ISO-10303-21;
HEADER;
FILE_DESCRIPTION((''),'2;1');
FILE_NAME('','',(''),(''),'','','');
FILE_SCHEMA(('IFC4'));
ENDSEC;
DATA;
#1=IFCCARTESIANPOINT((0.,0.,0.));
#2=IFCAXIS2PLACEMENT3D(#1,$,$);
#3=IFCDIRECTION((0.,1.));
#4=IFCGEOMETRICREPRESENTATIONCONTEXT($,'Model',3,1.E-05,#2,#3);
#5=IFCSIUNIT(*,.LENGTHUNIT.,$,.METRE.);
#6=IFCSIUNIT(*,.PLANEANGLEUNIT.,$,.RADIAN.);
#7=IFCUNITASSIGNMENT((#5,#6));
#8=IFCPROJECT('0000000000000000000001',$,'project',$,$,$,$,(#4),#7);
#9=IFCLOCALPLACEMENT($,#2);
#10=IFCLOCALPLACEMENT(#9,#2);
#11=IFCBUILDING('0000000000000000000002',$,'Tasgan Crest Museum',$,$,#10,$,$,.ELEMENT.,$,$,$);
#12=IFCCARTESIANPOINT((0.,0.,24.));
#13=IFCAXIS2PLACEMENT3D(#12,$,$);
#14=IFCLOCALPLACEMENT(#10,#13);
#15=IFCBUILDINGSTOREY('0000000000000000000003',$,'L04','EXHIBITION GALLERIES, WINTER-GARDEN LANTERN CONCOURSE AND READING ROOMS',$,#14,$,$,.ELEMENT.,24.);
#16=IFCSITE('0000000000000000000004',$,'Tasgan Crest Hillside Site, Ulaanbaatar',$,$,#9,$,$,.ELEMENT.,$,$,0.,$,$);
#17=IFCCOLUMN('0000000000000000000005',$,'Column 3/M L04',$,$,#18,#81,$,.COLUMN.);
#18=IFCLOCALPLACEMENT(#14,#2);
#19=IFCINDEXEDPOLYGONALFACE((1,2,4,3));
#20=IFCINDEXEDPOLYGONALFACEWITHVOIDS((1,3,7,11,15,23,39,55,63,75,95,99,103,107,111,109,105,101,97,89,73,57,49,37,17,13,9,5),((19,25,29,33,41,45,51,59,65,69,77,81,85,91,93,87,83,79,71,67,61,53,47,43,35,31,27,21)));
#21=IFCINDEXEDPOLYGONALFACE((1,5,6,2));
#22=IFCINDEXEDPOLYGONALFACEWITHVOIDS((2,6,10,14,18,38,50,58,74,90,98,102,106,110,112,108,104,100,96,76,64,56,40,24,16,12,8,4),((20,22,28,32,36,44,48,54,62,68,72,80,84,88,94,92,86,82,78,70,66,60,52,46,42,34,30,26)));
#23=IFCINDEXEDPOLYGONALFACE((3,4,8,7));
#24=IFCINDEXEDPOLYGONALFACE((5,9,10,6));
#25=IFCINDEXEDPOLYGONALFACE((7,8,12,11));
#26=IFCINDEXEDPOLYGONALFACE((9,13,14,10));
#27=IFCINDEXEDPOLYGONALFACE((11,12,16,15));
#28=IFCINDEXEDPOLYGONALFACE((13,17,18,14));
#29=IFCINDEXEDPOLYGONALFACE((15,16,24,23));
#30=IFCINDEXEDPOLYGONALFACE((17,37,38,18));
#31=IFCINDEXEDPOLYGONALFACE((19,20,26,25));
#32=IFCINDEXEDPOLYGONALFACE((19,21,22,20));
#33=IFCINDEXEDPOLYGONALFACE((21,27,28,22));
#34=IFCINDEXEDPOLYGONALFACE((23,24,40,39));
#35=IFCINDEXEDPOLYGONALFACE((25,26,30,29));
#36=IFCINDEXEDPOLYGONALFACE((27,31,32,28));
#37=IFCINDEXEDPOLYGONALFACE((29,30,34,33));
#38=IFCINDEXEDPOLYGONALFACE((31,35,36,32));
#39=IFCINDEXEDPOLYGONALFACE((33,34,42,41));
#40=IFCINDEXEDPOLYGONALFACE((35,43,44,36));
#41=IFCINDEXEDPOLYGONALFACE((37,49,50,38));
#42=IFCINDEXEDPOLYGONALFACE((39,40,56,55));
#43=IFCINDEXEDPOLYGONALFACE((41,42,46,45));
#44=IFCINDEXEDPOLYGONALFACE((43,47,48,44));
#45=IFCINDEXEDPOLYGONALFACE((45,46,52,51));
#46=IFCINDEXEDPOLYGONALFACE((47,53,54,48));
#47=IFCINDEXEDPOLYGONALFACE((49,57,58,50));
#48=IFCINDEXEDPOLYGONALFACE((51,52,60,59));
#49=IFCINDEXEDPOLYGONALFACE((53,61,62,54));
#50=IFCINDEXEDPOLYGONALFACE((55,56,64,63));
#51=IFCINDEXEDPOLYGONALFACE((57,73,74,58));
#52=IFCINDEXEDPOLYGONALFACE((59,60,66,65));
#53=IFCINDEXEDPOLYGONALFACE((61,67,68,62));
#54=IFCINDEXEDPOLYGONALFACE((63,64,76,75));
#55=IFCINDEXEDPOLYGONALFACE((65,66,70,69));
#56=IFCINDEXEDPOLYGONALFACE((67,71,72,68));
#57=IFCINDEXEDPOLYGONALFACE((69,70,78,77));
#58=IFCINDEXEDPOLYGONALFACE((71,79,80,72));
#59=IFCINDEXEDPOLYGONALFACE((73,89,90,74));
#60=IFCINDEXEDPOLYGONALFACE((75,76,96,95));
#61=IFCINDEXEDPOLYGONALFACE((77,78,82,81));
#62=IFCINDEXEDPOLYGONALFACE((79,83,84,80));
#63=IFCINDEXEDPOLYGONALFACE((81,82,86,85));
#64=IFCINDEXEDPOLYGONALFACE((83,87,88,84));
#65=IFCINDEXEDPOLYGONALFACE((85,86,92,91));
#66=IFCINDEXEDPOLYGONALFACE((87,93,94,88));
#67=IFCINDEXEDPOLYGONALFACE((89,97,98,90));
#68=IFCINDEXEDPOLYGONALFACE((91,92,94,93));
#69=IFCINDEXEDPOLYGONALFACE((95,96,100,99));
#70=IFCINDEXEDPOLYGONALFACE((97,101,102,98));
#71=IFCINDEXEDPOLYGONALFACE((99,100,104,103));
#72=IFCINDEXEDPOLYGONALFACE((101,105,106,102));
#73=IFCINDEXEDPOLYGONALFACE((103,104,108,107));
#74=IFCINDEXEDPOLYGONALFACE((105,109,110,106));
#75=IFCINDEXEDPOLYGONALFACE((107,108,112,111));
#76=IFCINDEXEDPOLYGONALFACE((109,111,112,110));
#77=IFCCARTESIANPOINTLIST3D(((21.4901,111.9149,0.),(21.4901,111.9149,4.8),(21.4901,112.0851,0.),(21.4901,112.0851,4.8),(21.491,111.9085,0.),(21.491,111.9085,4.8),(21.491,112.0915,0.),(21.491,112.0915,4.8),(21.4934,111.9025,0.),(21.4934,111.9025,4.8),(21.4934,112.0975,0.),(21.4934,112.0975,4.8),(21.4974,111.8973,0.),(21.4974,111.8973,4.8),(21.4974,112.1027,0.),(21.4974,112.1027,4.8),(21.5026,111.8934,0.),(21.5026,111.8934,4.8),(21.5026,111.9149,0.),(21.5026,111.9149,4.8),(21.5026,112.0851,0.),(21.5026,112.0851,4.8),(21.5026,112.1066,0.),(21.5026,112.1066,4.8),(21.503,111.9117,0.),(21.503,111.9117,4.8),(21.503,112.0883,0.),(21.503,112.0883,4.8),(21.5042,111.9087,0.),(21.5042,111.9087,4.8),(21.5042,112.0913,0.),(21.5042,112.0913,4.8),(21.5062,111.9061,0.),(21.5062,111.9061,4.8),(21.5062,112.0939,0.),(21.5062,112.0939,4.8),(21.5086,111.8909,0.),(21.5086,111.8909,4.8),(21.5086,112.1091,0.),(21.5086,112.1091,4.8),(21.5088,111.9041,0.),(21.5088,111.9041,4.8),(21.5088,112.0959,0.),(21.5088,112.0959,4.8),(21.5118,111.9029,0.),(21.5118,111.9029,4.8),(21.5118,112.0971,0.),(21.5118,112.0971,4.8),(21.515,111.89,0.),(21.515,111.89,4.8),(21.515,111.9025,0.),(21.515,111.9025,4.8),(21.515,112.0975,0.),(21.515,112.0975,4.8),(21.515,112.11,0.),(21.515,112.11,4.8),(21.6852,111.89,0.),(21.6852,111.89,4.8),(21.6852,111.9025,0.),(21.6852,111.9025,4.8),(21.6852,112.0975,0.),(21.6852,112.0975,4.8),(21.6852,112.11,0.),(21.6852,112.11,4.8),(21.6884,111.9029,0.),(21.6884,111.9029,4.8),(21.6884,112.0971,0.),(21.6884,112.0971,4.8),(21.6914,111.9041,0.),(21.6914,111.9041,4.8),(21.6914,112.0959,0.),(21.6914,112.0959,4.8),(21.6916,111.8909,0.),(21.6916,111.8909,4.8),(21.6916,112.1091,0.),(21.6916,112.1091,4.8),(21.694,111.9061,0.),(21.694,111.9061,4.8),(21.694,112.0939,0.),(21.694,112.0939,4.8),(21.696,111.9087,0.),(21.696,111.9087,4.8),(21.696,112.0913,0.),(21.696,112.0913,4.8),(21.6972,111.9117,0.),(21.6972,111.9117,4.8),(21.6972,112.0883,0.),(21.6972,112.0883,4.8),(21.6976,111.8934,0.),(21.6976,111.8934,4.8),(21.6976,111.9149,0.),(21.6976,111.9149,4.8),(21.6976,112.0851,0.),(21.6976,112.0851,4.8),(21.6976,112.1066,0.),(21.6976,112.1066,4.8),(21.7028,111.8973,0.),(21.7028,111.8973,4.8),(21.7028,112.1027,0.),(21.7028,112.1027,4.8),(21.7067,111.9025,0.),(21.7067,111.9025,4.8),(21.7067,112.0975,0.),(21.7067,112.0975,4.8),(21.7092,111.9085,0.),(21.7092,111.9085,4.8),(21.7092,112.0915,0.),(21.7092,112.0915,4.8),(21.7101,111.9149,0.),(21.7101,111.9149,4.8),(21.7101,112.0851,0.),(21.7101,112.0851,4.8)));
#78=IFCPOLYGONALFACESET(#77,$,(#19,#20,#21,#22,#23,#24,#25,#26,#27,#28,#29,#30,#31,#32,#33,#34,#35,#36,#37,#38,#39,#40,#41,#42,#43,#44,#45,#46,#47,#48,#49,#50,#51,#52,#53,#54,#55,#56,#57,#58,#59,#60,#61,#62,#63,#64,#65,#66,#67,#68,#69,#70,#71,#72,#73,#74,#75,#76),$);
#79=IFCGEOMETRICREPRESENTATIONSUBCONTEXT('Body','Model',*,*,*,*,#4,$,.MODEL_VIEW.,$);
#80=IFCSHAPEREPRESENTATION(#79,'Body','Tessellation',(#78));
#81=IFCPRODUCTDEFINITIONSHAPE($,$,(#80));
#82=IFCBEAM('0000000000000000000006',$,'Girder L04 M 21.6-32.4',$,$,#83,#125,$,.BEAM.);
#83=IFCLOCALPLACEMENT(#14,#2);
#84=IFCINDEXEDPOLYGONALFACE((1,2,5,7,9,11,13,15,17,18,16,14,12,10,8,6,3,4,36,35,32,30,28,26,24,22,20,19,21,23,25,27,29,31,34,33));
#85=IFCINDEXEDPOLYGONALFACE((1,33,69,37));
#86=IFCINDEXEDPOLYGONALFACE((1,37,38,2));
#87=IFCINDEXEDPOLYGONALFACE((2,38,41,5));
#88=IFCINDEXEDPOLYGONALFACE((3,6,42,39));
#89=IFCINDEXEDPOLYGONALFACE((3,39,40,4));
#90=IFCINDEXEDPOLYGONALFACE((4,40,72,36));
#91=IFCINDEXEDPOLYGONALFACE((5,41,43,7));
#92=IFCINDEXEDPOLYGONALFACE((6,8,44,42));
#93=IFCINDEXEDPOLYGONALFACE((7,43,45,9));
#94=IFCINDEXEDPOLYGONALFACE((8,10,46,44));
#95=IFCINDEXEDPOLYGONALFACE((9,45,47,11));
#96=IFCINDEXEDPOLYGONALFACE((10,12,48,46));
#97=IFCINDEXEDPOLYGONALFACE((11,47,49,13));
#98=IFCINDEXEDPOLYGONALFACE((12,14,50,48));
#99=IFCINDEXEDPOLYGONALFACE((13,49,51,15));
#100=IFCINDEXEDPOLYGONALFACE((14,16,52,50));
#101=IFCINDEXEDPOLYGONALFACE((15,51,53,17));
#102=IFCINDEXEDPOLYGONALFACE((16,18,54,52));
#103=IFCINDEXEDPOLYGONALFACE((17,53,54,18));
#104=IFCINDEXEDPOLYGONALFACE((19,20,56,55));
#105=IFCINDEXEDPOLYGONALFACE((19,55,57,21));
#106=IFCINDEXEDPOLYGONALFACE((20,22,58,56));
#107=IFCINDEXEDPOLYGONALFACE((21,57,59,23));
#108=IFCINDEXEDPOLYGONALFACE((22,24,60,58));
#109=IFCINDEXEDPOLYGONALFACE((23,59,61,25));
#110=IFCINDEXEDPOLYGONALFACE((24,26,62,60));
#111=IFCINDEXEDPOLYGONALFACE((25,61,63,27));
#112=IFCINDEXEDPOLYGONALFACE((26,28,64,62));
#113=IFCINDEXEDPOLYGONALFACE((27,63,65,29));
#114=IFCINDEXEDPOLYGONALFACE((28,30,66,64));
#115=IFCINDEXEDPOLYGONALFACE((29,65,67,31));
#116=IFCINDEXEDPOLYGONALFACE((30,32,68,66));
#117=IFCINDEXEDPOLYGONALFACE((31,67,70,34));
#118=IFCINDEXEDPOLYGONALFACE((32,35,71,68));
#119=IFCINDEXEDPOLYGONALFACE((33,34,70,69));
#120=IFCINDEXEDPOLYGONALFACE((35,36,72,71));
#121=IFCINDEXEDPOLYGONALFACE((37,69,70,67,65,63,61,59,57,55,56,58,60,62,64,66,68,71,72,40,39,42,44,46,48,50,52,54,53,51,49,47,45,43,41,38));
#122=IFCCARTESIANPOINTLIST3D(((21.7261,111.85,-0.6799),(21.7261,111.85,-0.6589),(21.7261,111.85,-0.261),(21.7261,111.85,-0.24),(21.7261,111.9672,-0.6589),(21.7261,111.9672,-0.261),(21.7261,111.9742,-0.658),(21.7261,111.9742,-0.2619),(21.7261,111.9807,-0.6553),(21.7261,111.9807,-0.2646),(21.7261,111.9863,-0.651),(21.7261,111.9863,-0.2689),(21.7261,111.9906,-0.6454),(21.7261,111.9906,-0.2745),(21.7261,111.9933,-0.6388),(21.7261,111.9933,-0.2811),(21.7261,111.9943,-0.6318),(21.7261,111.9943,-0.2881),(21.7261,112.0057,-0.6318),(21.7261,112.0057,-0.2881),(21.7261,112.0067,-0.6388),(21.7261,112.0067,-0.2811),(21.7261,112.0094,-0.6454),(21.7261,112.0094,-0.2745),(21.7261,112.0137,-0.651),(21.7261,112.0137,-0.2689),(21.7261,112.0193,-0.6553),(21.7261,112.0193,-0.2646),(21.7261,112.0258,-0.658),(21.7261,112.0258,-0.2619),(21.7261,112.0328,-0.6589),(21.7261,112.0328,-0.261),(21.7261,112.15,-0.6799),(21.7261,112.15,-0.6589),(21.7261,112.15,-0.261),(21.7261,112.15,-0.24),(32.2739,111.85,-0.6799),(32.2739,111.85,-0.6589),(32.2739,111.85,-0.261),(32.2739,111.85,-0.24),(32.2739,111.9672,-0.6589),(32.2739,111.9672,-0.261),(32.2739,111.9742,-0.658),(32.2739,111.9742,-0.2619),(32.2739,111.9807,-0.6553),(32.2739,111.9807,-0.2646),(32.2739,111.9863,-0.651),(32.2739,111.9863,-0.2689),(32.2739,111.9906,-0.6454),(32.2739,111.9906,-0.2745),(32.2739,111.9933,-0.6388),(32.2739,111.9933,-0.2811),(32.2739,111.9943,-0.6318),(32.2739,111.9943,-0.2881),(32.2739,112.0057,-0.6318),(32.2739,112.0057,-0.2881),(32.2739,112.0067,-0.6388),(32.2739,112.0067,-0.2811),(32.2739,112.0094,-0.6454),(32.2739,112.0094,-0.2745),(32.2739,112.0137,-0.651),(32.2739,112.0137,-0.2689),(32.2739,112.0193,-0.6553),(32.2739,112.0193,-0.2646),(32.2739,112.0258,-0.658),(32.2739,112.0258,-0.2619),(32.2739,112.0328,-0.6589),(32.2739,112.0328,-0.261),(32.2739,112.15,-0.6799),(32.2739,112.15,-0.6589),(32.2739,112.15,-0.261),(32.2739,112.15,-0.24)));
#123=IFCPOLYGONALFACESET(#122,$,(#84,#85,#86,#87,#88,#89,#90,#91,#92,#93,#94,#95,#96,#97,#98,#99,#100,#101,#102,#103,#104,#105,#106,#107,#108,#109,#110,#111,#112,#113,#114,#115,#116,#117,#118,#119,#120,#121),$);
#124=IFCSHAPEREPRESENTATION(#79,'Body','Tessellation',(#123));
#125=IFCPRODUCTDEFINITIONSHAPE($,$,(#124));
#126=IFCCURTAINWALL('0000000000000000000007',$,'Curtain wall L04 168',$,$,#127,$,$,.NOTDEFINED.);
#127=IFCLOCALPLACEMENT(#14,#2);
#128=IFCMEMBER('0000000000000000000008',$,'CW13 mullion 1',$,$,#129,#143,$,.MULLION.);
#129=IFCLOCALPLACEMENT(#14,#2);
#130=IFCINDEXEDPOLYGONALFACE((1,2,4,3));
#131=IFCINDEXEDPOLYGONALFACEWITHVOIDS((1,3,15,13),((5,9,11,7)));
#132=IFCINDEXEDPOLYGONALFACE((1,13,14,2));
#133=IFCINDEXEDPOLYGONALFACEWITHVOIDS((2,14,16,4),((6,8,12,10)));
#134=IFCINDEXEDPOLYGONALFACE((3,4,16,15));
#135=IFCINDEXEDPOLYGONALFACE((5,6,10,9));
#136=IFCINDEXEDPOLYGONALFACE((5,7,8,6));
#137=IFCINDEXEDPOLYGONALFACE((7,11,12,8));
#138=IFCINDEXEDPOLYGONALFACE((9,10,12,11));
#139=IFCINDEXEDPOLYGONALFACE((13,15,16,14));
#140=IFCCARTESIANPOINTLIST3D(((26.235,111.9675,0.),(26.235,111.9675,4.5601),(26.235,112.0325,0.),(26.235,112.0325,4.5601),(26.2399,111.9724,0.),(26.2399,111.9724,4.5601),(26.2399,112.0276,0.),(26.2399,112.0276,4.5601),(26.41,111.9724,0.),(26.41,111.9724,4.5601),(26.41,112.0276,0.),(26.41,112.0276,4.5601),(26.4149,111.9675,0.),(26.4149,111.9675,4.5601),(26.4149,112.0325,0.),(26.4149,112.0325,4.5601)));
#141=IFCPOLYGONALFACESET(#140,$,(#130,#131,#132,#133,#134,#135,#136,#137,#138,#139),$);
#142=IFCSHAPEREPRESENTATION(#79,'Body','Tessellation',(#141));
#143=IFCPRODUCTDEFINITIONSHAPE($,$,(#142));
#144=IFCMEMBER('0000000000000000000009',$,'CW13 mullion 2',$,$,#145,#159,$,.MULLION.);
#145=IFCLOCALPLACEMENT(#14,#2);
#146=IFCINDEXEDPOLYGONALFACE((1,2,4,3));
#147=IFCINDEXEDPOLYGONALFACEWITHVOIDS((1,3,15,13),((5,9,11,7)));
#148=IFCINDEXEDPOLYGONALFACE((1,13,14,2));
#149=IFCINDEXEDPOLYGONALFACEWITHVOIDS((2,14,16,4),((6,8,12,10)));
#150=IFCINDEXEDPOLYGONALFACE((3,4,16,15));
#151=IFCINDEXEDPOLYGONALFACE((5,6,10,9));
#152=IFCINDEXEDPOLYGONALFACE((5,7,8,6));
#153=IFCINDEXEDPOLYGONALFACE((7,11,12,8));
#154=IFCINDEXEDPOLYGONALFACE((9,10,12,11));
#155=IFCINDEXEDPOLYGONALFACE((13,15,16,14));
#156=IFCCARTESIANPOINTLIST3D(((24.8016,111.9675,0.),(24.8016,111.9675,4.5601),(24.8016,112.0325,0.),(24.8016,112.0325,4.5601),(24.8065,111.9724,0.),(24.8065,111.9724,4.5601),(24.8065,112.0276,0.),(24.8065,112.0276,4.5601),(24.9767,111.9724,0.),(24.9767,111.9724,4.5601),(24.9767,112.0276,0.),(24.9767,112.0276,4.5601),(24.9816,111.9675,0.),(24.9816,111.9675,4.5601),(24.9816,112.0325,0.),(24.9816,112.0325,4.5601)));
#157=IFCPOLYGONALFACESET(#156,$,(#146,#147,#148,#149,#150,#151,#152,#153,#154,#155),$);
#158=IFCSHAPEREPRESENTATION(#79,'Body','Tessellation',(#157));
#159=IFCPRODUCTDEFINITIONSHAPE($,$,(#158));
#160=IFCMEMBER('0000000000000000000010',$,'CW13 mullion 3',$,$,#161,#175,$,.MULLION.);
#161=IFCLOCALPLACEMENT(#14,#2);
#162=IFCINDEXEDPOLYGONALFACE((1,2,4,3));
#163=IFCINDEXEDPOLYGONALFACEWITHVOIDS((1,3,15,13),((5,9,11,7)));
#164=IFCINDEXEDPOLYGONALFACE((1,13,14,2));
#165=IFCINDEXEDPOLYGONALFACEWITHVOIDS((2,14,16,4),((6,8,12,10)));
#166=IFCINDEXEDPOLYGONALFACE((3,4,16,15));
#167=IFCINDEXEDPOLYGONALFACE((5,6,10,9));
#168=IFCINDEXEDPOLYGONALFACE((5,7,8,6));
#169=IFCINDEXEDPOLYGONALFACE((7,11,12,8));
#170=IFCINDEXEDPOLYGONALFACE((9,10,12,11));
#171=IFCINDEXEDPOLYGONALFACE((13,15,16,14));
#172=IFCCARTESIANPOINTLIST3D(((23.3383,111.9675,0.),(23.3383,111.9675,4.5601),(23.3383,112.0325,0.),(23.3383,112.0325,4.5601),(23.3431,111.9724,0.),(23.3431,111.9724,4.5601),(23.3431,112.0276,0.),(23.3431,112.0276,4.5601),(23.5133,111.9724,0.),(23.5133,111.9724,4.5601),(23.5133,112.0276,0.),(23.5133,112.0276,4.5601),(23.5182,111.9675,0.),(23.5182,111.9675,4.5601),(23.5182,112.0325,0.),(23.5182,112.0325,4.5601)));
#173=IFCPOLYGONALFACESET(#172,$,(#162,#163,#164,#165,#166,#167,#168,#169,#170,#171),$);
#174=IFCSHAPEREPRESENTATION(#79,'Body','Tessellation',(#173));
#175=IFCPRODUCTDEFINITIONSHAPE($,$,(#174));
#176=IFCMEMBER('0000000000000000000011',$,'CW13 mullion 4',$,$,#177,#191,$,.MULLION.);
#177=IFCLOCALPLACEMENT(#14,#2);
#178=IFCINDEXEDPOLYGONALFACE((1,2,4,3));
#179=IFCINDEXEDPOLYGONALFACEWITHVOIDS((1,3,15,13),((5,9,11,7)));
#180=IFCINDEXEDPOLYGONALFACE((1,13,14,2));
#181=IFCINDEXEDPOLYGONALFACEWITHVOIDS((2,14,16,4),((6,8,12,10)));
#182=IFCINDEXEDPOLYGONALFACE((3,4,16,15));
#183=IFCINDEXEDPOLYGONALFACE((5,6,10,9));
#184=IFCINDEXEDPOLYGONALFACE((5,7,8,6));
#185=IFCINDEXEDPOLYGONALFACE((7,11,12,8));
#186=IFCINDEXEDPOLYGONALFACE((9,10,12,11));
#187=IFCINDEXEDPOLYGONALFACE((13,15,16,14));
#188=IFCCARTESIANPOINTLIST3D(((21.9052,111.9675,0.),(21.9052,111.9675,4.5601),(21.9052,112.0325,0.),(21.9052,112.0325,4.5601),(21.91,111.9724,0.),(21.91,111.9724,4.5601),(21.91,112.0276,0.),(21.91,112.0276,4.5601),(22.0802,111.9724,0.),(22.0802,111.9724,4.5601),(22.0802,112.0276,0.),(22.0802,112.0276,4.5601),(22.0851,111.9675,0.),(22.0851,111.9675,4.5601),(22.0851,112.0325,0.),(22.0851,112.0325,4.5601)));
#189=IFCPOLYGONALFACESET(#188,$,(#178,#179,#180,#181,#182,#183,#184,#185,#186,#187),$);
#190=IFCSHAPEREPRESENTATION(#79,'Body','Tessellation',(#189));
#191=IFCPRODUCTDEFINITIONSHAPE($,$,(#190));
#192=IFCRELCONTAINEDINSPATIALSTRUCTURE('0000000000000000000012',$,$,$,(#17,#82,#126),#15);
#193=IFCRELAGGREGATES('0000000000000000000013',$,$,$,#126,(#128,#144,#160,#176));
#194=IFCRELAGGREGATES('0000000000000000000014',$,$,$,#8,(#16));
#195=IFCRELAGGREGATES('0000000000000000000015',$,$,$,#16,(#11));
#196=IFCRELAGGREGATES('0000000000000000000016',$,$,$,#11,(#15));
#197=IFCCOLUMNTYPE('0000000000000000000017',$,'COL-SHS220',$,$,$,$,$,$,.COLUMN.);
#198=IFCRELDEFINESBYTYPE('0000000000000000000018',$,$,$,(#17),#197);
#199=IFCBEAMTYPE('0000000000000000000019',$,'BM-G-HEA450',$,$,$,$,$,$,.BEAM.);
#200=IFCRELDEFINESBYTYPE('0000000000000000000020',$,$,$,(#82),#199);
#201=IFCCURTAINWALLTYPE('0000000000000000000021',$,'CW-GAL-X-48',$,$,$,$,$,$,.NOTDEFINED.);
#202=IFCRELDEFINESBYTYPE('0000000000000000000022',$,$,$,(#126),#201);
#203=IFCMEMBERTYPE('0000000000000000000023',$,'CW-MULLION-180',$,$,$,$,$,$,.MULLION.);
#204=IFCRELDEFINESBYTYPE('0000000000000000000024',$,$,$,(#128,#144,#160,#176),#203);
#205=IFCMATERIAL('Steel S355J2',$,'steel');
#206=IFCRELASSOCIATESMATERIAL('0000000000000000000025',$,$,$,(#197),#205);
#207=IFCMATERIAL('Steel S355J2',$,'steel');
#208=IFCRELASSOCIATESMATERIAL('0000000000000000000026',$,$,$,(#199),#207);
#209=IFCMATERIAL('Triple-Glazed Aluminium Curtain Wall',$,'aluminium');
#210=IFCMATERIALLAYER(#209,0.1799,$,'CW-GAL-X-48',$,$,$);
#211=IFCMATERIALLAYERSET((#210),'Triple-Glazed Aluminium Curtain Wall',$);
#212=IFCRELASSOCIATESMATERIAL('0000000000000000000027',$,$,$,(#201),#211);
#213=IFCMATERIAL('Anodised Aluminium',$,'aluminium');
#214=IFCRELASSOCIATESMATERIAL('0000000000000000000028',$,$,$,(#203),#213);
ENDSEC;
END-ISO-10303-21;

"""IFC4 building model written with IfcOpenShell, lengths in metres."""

from ifc_helpers import new_model, si_unit, direction, frame, origin, origin_2d, place, context, subcontext, project, spatial, hollow_rectangle, i_section, extrude, material, layer, layer_set, material_profile, profile_set, type_object, element, aggregate, save


model = new_model("IFC4")

# Units and contexts
model_context = context("Model", 3, precision=1e-05, world=origin(), true_north=direction((0.0, 1.0)))
body_context = subcontext(model_context, "Body", "Model", "MODEL_VIEW")
ifc_project = project(units=[si_unit("LENGTHUNIT", "METRE"), si_unit("PLANEANGLEUNIT", "RADIAN")], contexts=[model_context])

# Site, building, storey
site_placement = place(None, origin())
site = spatial("IfcSite", under=ifc_project, at=site_placement, Name="Tasgan Crest Hillside Site, Ulaanbaatar", CompositionType="ELEMENT", RefElevation=0.0)
building_placement = place(site_placement, origin())
building = spatial("IfcBuilding", under=site, at=building_placement, Name="Tasgan Crest Museum", CompositionType="ELEMENT")
storey_placement = place(building_placement, frame((0.0, 0.0, 24.0)))
storey = spatial("IfcBuildingStorey", under=building, at=storey_placement, Name="L04", Description="EXHIBITION GALLERIES, WINTER-GARDEN LANTERN CONCOURSE AND READING ROOMS", CompositionType="ELEMENT", Elevation=24.0)

# Column
ifc_material_1 = material(Name="Steel S355J2", Category="steel")
ifc_material_profile_1 = material_profile(ifc_material_1, hollow_rectangle(XDim=0.22, YDim=0.22, WallThickness=0.0125, InnerFilletRadius=0.0125, OuterFilletRadius=0.0249, at=origin_2d()), Name="SHS 220x220x12.5")
ifc_profile_set_1 = profile_set([ifc_material_profile_1], Name="Steel S355J2")
column_type = type_object("IfcColumnType", Name="COL-SHS220", PredefinedType="COLUMN", material=ifc_profile_set_1)
column_placement = place(storey_placement, frame((21.6001, 112.0, 0.0), z_axis=(0.0, 0.0, 1.0), x_axis=(1.0, 0.0, 0.0)))
element("IfcColumn", 1, at=column_placement, inside=storey, type_object=column_type, Name="Column 3/M L04", PredefinedType="COLUMN", context=body_context, shape_type="SweptSolid", body=[
    extrude(hollow_rectangle(XDim=0.22, YDim=0.22, WallThickness=0.0125, InnerFilletRadius=0.0125, OuterFilletRadius=0.0249, at=origin_2d()), origin(), (0.0, 0.0, 1.0), 4.8),
])

# Beam
ifc_material_2 = material(Name="Steel S355J2", Category="steel")
ifc_material_profile_2 = material_profile(ifc_material_2, i_section(OverallWidth=0.3, OverallDepth=0.4399, WebThickness=0.0115, FlangeThickness=0.021, FilletRadius=0.0271, at=origin_2d()), Name="HEA 450")
ifc_profile_set_2 = profile_set([ifc_material_profile_2], Name="Steel S355J2")
beam_type = type_object("IfcBeamType", Name="BM-G-HEA450", PredefinedType="BEAM", material=ifc_profile_set_2)
beam_placement = place(storey_placement, frame((21.7261, 112.0, -0.46), z_axis=(1.0, 0.0, 0.0), x_axis=(0.0, 1.0, 0.0)))
element("IfcBeam", 2, at=beam_placement, inside=storey, type_object=beam_type, Name="Girder L04 M 21.6-32.4", PredefinedType="BEAM", context=body_context, shape_type="SweptSolid", body=[
    extrude(i_section(OverallWidth=0.3, OverallDepth=0.4399, WebThickness=0.0115, FlangeThickness=0.021, FilletRadius=0.0271, at=origin_2d()), origin(), (0.0, 0.0, 1.0), 10.5479),
])

# Curtain wall, members
ifc_material_3 = material(Name="Triple-Glazed Aluminium Curtain Wall", Category="aluminium")
ifc_layer_1 = layer(ifc_material_3, 0.1799, Name="CW-GAL-X-48")
ifc_layer_set_1 = layer_set([ifc_layer_1], Name="Triple-Glazed Aluminium Curtain Wall")
curtain_wall_type = type_object("IfcCurtainWallType", Name="CW-GAL-X-48", PredefinedType="NOTDEFINED", material=ifc_layer_set_1)
curtain_wall_placement = place(storey_placement, origin())
curtain_wall = element("IfcCurtainWall", 3, at=curtain_wall_placement, inside=storey, type_object=curtain_wall_type, Name="Curtain wall L04 168", PredefinedType="NOTDEFINED")
ifc_material_4 = material(Name="Anodised Aluminium", Category="aluminium")
ifc_material_profile_3 = material_profile(ifc_material_4, hollow_rectangle(XDim=0.0649, YDim=0.1799, WallThickness=0.0049, at=origin_2d()), Name="ALU MULLION 180x65x5")
ifc_profile_set_3 = profile_set([ifc_material_profile_3], Name="Anodised Aluminium")
member_type_1 = type_object("IfcMemberType", Name="CW-MULLION-180", PredefinedType="MULLION", material=ifc_profile_set_3)
member_1_placement = place(storey_placement, frame((26.325, 112.0, 0.0), z_axis=(0.0, 0.0, 1.0), x_axis=(0.0, -1.0, 0.0)))
member_1 = element("IfcMember", 4, at=member_1_placement, type_object=member_type_1, Name="CW13 mullion 1", PredefinedType="MULLION", context=body_context, shape_type="SweptSolid", body=[
    extrude(hollow_rectangle(XDim=0.0649, YDim=0.1799, WallThickness=0.0049, at=origin_2d()), origin(), (0.0, 0.0, 1.0), 4.5601),
])
member_2_placement = place(storey_placement, frame((24.8916, 112.0, 0.0), z_axis=(0.0, 0.0, 1.0), x_axis=(0.0, -1.0, 0.0)))
member_2 = element("IfcMember", 5, at=member_2_placement, type_object=member_type_1, Name="CW13 mullion 2", PredefinedType="MULLION", context=body_context, shape_type="SweptSolid", body=[
    extrude(hollow_rectangle(XDim=0.0649, YDim=0.1799, WallThickness=0.0049, at=origin_2d()), origin(), (0.0, 0.0, 1.0), 4.5601),
])
member_3_placement = place(storey_placement, frame((23.4282, 112.0, 0.0), z_axis=(0.0, 0.0, 1.0), x_axis=(0.0, -1.0, 0.0)))
member_3 = element("IfcMember", 6, at=member_3_placement, type_object=member_type_1, Name="CW13 mullion 3", PredefinedType="MULLION", context=body_context, shape_type="SweptSolid", body=[
    extrude(hollow_rectangle(XDim=0.0649, YDim=0.1799, WallThickness=0.0049, at=origin_2d()), origin(), (0.0, 0.0, 1.0), 4.5601),
])
member_4_placement = place(storey_placement, frame((21.9951, 112.0, 0.0), z_axis=(0.0, 0.0, 1.0), x_axis=(0.0, -1.0, 0.0)))
member_4 = element("IfcMember", 7, at=member_4_placement, type_object=member_type_1, Name="CW13 mullion 4", PredefinedType="MULLION", context=body_context, shape_type="SweptSolid", body=[
    extrude(hollow_rectangle(XDim=0.0649, YDim=0.1799, WallThickness=0.0049, at=origin_2d()), origin(), (0.0, 0.0, 1.0), 4.5601),
])

aggregate(curtain_wall, [member_1, member_2, member_3, member_4])

save(model, "model.ifc")
